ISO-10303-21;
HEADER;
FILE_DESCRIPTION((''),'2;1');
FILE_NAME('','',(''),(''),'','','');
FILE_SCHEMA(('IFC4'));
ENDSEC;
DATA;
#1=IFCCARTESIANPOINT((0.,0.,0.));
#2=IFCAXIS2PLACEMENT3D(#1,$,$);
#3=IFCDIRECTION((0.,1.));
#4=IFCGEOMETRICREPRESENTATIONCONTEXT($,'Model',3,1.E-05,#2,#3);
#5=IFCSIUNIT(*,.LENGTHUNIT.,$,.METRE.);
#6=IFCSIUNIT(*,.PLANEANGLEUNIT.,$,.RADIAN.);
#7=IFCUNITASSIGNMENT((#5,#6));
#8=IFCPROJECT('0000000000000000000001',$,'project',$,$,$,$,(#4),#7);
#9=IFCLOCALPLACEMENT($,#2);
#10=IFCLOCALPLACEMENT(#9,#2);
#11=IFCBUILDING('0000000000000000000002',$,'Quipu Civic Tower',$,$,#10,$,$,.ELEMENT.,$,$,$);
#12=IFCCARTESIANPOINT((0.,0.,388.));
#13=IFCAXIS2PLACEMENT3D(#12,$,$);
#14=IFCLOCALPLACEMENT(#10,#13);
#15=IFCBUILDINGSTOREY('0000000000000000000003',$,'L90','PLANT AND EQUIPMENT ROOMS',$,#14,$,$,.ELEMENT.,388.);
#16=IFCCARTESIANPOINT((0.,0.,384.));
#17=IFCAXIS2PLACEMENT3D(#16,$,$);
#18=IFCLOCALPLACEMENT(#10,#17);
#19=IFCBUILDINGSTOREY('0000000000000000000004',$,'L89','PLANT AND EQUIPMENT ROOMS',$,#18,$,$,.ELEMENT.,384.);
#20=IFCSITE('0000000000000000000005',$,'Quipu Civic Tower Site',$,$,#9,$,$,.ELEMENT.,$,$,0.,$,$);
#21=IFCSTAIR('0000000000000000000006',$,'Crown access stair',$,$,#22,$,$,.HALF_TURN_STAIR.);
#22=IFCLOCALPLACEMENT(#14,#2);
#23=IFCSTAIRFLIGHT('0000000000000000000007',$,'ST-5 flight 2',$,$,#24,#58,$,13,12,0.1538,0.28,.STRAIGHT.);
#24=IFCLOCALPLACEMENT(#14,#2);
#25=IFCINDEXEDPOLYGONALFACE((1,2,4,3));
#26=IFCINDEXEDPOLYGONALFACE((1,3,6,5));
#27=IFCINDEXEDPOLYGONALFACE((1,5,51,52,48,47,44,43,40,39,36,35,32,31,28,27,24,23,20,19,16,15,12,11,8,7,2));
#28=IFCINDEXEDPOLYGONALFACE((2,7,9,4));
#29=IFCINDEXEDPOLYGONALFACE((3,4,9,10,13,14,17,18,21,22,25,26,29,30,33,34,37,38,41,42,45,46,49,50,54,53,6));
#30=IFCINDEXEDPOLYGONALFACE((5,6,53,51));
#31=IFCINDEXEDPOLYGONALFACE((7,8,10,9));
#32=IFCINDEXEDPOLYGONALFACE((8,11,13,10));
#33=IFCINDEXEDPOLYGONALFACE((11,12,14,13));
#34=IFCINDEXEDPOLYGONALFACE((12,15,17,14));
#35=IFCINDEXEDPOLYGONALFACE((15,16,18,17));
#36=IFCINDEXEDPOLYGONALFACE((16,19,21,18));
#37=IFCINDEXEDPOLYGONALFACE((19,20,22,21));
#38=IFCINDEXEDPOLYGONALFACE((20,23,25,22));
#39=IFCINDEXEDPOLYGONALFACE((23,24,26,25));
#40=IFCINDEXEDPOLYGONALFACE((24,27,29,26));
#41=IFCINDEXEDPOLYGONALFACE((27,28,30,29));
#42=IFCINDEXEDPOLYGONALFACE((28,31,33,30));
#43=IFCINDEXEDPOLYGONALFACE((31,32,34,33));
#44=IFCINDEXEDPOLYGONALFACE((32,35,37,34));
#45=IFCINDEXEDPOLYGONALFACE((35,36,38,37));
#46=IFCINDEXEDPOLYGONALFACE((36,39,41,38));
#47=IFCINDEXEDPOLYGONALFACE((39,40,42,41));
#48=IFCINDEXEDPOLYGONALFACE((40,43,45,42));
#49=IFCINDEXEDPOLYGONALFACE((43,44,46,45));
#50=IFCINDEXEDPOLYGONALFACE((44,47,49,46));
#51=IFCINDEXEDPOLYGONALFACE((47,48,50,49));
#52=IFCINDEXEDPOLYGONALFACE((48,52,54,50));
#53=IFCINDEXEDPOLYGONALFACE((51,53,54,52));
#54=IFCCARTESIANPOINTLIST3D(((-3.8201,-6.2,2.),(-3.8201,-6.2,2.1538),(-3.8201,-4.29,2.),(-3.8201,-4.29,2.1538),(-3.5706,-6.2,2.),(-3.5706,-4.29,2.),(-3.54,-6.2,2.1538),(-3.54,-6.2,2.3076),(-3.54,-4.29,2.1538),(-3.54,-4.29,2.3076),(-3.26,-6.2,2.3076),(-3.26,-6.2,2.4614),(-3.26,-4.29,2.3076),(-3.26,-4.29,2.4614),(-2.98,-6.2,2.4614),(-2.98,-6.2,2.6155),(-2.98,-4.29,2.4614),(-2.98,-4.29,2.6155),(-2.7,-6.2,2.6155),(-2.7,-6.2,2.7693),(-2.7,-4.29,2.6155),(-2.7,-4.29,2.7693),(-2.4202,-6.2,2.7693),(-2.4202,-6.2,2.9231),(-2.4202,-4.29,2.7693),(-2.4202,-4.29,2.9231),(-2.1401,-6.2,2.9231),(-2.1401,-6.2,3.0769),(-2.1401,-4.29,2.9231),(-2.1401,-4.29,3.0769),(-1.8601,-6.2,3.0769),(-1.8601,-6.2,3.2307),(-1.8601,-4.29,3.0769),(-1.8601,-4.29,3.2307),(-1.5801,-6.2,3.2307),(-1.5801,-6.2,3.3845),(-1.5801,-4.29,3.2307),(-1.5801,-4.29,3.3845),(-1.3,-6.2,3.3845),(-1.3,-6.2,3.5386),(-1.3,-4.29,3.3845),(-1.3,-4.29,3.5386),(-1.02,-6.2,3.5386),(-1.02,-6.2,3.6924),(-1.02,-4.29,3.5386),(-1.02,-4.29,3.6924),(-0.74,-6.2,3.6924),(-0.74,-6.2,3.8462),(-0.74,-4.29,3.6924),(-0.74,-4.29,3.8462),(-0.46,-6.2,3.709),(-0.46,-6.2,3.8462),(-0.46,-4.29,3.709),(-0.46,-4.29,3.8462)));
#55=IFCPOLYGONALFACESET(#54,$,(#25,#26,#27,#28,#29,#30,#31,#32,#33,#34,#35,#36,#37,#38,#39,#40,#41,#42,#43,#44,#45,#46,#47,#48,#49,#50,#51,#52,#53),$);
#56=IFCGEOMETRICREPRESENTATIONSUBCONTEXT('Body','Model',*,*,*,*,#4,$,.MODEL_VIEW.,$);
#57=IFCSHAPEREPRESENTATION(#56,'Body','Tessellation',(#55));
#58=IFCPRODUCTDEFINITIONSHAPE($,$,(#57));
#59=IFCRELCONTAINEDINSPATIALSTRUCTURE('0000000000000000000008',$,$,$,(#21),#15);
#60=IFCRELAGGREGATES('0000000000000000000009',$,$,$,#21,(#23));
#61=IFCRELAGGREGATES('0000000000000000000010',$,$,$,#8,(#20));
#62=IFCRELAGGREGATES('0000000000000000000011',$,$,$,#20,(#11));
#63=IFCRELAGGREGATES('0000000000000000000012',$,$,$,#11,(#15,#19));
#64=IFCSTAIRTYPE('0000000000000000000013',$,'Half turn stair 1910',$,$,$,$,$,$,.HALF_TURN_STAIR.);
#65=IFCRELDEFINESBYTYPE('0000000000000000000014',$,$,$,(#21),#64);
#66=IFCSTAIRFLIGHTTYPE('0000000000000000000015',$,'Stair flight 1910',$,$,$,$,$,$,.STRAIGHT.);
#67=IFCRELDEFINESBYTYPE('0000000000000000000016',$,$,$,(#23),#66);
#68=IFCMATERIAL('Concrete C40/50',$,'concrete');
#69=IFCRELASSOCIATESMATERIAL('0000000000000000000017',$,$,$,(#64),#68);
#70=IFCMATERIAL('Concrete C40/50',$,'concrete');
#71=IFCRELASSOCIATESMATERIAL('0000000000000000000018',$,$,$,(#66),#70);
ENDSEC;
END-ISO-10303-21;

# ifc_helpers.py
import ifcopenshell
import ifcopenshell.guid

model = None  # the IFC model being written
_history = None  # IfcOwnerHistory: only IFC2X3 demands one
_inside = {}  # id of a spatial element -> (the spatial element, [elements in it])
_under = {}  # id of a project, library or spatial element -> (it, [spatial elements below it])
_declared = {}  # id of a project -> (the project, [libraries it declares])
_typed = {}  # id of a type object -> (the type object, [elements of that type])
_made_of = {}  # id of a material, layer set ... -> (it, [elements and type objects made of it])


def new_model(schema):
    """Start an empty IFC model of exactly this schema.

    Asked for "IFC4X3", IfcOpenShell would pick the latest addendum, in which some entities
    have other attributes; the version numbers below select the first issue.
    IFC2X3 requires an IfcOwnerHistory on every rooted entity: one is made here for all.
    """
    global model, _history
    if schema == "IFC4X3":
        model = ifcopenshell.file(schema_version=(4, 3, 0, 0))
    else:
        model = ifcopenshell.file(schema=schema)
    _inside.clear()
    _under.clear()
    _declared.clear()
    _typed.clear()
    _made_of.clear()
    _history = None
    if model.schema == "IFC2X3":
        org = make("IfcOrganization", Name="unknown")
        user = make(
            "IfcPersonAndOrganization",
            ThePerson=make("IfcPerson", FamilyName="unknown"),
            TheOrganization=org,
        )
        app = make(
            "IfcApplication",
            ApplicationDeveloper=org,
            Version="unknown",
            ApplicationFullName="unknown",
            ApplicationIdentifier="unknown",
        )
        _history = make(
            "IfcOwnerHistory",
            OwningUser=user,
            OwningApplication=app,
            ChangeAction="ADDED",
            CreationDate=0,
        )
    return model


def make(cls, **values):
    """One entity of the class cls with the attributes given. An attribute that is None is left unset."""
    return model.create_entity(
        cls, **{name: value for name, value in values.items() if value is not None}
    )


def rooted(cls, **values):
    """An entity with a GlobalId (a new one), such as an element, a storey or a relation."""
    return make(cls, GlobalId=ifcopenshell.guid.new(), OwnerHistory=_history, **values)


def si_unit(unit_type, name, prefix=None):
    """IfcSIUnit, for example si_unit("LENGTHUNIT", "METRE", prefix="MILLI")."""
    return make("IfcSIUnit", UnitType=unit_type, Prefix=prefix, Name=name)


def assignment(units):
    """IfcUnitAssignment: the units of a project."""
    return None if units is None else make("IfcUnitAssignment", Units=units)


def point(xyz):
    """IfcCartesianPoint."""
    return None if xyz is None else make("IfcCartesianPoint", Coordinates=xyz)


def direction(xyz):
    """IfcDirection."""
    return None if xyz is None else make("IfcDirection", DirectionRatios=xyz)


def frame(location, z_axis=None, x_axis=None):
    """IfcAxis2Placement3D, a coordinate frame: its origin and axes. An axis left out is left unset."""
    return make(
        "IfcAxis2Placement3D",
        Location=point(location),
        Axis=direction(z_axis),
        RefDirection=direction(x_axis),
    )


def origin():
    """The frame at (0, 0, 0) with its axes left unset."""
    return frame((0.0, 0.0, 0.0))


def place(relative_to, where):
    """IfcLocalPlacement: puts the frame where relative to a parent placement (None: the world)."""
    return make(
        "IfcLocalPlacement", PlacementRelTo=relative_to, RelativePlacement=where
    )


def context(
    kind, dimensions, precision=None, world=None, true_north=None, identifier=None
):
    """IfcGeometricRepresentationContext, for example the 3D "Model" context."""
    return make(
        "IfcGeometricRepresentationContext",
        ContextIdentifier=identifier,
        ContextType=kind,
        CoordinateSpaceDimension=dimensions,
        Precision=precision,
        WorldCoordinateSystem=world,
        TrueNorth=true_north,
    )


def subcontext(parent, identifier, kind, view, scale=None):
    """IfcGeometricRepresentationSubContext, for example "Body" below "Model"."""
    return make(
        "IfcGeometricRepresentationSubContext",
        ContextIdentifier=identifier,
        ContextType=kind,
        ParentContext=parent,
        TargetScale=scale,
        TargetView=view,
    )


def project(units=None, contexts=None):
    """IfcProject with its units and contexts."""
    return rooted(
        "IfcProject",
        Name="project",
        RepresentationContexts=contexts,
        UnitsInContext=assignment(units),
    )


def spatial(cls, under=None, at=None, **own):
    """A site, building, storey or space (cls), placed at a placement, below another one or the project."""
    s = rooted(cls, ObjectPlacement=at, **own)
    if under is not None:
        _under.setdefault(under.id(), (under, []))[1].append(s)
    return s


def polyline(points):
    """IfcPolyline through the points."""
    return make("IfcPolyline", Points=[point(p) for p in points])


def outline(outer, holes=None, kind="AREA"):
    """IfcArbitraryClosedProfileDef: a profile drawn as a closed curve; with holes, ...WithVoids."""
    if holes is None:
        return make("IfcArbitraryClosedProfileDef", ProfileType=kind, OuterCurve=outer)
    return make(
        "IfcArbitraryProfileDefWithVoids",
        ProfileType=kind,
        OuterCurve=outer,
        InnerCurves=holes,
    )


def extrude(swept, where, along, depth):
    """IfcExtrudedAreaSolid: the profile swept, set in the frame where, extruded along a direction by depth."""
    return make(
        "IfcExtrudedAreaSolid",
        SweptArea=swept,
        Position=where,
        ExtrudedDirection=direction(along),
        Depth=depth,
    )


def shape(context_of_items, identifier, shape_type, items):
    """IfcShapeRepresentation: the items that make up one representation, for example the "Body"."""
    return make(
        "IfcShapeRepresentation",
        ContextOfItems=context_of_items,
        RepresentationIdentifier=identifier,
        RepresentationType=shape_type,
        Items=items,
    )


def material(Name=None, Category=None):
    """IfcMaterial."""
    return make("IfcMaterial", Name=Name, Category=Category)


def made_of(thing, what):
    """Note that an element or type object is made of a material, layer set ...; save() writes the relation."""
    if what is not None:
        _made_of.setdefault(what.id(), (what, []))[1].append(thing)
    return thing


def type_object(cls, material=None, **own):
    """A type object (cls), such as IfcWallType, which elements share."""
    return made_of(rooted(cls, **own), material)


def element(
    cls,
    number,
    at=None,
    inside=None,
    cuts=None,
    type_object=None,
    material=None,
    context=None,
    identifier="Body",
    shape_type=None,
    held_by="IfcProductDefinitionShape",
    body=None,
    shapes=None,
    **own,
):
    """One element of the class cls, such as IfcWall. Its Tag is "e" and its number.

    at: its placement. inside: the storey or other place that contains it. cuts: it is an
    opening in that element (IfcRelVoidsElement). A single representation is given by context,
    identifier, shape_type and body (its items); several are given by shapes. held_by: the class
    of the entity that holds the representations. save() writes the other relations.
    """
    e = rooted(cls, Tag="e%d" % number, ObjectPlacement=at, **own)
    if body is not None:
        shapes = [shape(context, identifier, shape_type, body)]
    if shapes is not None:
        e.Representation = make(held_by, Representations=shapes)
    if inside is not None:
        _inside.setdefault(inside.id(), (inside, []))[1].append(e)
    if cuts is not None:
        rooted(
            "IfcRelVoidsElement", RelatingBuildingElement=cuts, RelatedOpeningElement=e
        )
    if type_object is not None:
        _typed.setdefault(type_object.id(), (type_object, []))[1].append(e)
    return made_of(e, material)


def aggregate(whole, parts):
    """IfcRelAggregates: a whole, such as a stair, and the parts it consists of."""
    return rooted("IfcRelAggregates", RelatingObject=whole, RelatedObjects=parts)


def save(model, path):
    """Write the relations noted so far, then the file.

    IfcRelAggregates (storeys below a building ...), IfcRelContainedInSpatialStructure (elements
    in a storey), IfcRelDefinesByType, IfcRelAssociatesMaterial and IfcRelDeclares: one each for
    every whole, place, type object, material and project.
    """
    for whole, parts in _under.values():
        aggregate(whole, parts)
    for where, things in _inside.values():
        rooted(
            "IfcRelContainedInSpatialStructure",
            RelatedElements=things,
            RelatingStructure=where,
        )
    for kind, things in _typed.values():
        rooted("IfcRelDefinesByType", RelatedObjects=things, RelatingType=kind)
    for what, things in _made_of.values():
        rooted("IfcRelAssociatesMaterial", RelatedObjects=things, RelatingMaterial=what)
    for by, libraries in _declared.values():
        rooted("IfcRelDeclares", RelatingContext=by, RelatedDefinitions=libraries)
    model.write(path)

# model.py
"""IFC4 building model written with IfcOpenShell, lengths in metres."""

from ifc_helpers import new_model, si_unit, direction, frame, origin, place, context, subcontext, project, spatial, polyline, outline, extrude, material, type_object, element, aggregate, save


model = new_model("IFC4")

# Units and contexts
model_context = context("Model", 3, precision=1e-05, world=origin(), true_north=direction((0.0, 1.0)))
body_context = subcontext(model_context, "Body", "Model", "MODEL_VIEW")
ifc_project = project(units=[si_unit("LENGTHUNIT", "METRE"), si_unit("PLANEANGLEUNIT", "RADIAN")], contexts=[model_context])

# Site, building, storey
site_placement = place(None, origin())
site = spatial("IfcSite", under=ifc_project, at=site_placement, Name="Quipu Civic Tower Site", CompositionType="ELEMENT", RefElevation=0.0)
building_placement = place(site_placement, origin())
building = spatial("IfcBuilding", under=site, at=building_placement, Name="Quipu Civic Tower", CompositionType="ELEMENT")
storey_1_placement = place(building_placement, frame((0.0, 0.0, 388.0)))
storey_1 = spatial("IfcBuildingStorey", under=building, at=storey_1_placement, Name="L90", Description="PLANT AND EQUIPMENT ROOMS", CompositionType="ELEMENT", Elevation=388.0)

# Shared definitions
storey_2_placement = place(building_placement, frame((0.0, 0.0, 384.0)))
storey_2 = spatial("IfcBuildingStorey", under=building, at=storey_2_placement, Name="L89", Description="PLANT AND EQUIPMENT ROOMS", CompositionType="ELEMENT", Elevation=384.0)

# Stair, stair flight
ifc_material_1 = material(Name="Concrete C40/50", Category="concrete")
stair_type = type_object("IfcStairType", Name="Half turn stair 1910", PredefinedType="HALF_TURN_STAIR", material=ifc_material_1)
stair_placement = place(storey_1_placement, origin())
stair = element("IfcStair", 1, at=stair_placement, inside=storey_1, type_object=stair_type, Name="Crown access stair", PredefinedType="HALF_TURN_STAIR")
ifc_material_2 = material(Name="Concrete C40/50", Category="concrete")
stair_flight_type = type_object("IfcStairFlightType", Name="Stair flight 1910", PredefinedType="STRAIGHT", material=ifc_material_2)
stair_flight_1_placement = place(storey_1_placement, frame((-3.8201, -5.2451, 2.0), z_axis=(0.0, 0.0, 1.0), x_axis=(1.0, 0.0, 0.0)))
stair_flight_1 = element("IfcStairFlight", 2, at=stair_flight_1_placement, type_object=stair_flight_type, Name="ST-5 flight 2", NumberOfRisers=13, NumberOfTreads=12, PredefinedType="STRAIGHT", RiserHeight=0.1538, TreadLength=0.28, context=body_context, shape_type="SweptSolid", body=[
    extrude(outline(polyline([(0.0, 0.0), (0.0, 0.1538), (0.28, 0.1538), (0.28, 0.3076), (0.5601, 0.3076), (0.5601, 0.4614), (0.8401, 0.4614), (0.8401, 0.6155), (1.1201, 0.6155), (1.1201, 0.7693), (1.3999, 0.7693), (1.3999, 0.9231), (1.6799, 0.9231), (1.6799, 1.0769), (1.96, 1.0769), (1.96, 1.2307), (2.24, 1.2307), (2.24, 1.3845), (2.52, 1.3845), (2.52, 1.5386), (2.8, 1.5386), (2.8, 1.6924), (3.0801, 1.6924), (3.0801, 1.8462), (3.3601, 1.8462), (3.3601, 2.0), (3.3601, 1.709), (0.2495, 0.0), (0.0, 0.0)])), frame((0.0, 0.9551, 0.0), z_axis=(0.0, -1.0, 0.0), x_axis=(1.0, 0.0, 0.0)), (0.0, 0.0, 1.0), 1.9099),
])
aggregate(stair, [stair_flight_1])

save(model, "model.ifc")
